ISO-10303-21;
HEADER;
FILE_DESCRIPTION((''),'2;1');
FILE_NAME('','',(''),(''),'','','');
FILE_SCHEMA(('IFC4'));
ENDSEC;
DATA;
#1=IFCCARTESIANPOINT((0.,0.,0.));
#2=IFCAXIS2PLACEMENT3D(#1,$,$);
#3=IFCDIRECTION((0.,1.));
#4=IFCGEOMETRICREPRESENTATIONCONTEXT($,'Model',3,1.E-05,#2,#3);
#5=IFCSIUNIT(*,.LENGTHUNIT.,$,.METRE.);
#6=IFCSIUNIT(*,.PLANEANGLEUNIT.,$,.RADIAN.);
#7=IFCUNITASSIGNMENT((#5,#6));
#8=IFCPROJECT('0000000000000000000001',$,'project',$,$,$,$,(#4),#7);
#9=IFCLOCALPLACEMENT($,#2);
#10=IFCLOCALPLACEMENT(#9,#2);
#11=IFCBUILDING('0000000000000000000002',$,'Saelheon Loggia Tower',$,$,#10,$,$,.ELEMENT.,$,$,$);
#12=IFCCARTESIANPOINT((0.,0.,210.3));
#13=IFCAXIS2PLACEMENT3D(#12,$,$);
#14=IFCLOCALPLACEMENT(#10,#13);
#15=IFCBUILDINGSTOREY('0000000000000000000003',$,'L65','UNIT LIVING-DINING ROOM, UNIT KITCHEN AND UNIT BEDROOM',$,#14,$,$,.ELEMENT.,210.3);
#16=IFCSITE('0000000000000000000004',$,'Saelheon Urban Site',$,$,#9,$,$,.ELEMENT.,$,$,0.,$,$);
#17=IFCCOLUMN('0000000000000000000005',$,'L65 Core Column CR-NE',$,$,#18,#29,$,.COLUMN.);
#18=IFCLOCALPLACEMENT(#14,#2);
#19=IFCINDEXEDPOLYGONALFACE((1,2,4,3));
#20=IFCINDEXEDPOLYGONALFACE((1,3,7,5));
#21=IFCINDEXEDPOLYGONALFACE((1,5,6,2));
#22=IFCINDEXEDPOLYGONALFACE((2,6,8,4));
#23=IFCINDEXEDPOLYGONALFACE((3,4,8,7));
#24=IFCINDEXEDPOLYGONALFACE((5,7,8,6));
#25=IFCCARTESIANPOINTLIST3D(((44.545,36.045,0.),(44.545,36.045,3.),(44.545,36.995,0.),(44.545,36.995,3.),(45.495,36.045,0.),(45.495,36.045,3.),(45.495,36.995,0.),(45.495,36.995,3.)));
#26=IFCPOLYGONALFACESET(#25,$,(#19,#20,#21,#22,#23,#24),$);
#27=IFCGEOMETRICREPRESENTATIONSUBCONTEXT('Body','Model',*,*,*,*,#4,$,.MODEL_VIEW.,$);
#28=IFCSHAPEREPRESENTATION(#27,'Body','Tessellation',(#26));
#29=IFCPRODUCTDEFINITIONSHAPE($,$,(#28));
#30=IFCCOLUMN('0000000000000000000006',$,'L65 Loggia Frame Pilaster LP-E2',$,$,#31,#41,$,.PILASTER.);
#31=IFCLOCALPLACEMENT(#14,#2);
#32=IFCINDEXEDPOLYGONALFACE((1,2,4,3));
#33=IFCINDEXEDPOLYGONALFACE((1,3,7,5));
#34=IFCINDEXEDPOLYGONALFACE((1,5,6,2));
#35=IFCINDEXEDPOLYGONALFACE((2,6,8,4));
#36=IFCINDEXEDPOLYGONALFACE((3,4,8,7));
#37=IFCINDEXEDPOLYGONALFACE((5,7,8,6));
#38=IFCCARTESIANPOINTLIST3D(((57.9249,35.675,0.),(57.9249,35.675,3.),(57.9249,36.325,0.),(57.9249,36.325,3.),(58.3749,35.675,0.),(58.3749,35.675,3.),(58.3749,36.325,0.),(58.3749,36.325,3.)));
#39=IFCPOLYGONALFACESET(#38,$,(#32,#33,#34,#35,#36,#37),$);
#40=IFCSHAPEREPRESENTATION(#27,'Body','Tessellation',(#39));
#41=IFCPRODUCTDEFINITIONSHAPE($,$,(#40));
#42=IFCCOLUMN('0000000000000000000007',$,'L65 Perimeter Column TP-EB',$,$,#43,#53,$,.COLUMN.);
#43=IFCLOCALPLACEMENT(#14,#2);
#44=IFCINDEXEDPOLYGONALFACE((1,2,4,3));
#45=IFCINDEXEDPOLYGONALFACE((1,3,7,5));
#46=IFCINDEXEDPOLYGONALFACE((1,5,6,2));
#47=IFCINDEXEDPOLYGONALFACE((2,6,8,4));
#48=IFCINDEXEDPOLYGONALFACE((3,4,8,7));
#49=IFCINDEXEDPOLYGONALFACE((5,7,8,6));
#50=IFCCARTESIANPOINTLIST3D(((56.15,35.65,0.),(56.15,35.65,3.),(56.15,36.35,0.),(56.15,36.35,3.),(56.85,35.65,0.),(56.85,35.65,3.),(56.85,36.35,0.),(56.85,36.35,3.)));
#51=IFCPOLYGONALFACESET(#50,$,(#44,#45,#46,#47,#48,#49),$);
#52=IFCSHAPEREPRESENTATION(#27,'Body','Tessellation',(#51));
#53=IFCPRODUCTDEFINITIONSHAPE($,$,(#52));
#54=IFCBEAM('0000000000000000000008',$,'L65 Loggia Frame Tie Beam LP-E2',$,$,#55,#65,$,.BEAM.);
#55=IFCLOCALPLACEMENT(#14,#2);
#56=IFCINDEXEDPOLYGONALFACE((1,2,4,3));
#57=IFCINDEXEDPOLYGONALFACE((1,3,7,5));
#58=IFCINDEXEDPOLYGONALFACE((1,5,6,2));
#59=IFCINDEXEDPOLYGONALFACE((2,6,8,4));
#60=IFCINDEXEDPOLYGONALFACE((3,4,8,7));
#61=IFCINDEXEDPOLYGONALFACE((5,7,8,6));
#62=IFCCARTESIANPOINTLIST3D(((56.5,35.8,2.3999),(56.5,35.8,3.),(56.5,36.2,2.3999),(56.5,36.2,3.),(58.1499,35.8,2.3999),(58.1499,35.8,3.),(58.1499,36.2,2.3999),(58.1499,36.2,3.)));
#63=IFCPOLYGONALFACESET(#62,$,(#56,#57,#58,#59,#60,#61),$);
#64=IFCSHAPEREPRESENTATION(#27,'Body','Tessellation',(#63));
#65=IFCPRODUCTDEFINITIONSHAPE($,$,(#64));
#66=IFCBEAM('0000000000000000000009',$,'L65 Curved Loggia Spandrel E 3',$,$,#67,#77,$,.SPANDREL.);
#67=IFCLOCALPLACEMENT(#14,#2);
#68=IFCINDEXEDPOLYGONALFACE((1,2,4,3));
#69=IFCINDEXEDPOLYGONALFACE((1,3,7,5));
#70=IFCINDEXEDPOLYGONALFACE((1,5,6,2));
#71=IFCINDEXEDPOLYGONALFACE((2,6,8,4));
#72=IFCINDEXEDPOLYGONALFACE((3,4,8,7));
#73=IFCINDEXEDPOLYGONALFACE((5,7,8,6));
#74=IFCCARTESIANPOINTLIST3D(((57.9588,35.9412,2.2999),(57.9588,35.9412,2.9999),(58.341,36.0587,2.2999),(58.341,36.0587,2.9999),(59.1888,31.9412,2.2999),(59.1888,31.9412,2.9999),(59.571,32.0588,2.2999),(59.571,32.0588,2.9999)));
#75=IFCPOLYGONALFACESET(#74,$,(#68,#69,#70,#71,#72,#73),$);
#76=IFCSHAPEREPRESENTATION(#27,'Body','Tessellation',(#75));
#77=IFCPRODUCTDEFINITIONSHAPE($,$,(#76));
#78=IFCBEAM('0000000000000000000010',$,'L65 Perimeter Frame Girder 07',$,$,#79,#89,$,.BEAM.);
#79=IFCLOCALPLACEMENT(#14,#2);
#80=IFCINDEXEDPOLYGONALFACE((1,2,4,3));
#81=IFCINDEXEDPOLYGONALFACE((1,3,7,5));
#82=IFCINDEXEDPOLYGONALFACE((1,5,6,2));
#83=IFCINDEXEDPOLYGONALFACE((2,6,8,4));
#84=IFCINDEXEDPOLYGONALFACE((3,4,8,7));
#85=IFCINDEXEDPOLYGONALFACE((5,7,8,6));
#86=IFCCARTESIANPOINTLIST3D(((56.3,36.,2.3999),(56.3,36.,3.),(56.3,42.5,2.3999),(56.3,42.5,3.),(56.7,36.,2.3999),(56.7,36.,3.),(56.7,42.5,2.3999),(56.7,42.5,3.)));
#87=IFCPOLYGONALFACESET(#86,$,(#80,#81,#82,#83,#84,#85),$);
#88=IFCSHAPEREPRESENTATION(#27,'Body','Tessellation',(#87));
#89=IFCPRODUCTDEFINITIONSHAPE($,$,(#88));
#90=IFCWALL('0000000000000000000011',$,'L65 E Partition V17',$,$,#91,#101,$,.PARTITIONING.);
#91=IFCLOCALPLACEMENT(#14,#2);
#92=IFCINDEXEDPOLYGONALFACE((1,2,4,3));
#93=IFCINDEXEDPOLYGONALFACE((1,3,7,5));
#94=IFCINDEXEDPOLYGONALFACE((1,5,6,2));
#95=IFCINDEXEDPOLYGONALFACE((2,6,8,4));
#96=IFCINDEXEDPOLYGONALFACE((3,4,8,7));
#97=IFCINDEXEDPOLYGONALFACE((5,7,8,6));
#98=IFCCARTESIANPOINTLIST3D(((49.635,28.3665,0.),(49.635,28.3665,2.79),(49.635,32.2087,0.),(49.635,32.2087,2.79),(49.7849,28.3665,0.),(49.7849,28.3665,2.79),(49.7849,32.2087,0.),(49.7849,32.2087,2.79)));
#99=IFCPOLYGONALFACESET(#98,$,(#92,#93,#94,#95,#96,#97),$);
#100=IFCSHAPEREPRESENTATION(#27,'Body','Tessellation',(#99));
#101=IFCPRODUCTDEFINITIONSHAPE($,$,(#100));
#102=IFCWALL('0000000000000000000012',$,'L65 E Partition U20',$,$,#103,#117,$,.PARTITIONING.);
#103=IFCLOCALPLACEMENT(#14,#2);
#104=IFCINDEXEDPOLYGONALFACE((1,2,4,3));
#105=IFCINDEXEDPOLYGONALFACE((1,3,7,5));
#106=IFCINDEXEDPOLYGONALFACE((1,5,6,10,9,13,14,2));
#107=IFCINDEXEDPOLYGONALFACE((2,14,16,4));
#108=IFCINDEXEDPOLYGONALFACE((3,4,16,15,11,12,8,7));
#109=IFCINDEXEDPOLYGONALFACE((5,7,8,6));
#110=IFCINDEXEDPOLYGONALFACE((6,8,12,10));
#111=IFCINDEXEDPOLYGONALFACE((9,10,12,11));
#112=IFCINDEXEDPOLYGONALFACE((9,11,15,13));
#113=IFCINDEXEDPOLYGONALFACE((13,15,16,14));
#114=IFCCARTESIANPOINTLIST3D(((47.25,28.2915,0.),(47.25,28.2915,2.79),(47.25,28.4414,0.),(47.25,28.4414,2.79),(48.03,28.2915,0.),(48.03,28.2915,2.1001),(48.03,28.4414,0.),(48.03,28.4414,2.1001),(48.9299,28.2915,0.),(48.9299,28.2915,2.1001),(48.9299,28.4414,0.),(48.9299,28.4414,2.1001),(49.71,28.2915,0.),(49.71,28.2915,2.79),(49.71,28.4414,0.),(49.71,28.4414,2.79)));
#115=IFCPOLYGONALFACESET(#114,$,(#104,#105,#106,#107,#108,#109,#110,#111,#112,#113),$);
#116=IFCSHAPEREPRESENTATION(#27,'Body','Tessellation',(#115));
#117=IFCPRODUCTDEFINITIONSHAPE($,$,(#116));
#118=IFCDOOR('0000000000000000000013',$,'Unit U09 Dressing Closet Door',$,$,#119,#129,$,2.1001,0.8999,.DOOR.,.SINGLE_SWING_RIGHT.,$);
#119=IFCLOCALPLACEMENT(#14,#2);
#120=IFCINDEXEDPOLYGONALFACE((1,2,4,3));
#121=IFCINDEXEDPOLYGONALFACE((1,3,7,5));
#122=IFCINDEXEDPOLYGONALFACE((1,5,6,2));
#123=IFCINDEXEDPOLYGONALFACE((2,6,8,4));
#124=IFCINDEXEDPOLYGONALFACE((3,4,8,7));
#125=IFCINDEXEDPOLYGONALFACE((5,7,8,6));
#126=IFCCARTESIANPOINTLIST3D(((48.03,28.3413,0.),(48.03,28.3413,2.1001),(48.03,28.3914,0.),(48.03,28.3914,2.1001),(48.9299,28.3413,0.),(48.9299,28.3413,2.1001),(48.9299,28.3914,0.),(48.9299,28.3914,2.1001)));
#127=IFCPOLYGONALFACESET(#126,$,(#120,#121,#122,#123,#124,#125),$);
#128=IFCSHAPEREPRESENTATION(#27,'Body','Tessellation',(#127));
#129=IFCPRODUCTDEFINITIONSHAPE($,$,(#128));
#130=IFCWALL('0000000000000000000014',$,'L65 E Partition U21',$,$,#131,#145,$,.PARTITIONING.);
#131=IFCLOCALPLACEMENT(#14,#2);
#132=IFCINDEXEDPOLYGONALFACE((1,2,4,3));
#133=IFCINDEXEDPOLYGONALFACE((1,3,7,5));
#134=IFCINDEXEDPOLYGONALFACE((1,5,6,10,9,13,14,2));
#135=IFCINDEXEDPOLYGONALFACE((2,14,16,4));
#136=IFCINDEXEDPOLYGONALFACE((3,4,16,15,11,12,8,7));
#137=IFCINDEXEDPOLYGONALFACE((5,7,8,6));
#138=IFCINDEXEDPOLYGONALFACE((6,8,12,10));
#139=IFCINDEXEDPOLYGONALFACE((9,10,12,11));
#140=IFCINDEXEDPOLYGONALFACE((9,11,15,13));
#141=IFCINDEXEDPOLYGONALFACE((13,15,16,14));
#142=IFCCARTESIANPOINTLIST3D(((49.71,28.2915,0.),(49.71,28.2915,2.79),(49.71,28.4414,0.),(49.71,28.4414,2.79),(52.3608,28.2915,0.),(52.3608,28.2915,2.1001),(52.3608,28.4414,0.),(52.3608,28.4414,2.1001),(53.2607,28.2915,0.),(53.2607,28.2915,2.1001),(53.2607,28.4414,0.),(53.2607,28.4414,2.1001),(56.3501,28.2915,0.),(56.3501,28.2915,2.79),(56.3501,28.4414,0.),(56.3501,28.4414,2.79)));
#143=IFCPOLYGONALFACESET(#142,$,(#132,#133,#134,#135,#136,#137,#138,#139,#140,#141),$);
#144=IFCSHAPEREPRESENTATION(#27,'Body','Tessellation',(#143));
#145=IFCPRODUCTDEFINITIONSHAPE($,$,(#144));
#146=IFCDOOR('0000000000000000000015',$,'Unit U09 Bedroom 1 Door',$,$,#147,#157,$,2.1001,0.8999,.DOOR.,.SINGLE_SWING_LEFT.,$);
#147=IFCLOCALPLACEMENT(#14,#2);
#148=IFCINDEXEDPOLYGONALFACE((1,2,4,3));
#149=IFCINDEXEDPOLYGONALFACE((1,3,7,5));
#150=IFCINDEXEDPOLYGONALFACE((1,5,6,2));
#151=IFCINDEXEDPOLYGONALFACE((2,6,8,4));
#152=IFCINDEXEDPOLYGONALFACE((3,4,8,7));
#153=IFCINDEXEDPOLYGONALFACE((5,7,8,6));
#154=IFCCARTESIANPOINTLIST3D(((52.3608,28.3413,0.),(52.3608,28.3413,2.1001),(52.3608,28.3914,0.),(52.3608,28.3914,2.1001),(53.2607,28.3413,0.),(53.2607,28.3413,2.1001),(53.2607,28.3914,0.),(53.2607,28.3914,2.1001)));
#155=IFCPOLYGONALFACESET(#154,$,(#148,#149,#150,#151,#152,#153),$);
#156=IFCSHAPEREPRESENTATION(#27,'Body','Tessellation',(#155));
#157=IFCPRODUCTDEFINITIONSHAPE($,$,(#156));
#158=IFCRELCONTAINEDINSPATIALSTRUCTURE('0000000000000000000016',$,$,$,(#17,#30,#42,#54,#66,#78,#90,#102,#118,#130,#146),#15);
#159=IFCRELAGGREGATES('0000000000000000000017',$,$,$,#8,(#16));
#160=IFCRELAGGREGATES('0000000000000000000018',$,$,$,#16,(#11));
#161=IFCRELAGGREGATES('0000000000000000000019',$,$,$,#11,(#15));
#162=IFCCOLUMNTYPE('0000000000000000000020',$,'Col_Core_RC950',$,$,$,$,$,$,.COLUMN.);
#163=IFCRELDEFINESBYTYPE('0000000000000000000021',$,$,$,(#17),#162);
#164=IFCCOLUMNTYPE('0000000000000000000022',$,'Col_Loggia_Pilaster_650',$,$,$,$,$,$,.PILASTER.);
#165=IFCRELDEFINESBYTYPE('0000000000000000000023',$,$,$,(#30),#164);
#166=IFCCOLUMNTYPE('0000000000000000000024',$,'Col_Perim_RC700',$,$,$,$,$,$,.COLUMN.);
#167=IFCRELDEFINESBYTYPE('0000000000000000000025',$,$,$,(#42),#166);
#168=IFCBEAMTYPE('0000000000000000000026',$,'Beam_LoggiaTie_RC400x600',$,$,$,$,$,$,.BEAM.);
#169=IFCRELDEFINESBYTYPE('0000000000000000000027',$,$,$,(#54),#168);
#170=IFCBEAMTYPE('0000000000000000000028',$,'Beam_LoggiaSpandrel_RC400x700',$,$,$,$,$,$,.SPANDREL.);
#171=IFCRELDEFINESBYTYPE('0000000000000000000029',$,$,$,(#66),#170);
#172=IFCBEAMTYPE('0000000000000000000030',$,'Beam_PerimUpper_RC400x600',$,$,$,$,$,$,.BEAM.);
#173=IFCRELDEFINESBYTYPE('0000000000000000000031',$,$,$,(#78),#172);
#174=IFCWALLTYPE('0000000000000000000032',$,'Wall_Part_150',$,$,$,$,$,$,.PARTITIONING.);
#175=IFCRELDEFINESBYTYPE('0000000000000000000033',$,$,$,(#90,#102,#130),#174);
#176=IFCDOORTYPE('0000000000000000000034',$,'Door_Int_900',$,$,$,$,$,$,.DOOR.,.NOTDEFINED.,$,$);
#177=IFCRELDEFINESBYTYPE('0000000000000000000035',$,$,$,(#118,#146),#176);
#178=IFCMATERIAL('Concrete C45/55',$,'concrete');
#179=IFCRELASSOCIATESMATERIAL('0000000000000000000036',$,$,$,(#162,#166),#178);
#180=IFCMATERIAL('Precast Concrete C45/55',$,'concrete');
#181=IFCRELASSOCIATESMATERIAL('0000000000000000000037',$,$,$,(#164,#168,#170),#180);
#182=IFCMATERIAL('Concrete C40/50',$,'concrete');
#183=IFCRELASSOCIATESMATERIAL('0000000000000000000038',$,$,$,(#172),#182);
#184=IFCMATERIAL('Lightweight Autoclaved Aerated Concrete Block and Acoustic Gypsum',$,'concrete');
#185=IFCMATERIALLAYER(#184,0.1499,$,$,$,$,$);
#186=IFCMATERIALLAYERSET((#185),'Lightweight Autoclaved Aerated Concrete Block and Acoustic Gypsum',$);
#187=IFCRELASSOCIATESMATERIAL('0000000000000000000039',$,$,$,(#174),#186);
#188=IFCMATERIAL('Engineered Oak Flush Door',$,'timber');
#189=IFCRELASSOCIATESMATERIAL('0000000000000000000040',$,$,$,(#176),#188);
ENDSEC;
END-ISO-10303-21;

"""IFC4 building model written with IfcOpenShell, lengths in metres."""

from ifc_helpers import new_model, si_unit, direction, frame, frame_2d, origin, origin_2d, place, context, subcontext, project, spatial, rectangle, extrude, source, transform, mapped, material, layer, layer_set, material_profile, profile_set, type_object, element, fill, save


model = new_model("IFC4")

# Units and contexts
model_context = context("Model", 3, precision=1e-05, world=origin(), true_north=direction((0.0, 1.0)))
body_context = subcontext(model_context, "Body", "Model", "MODEL_VIEW")
ifc_project = project(units=[si_unit("LENGTHUNIT", "METRE"), si_unit("PLANEANGLEUNIT", "RADIAN")], contexts=[model_context])

# Site, building, storey
site_placement = place(None, origin())
site = spatial("IfcSite", under=ifc_project, at=site_placement, Name="Saelheon Urban Site", CompositionType="ELEMENT", RefElevation=0.0)
building_placement = place(site_placement, origin())
building = spatial("IfcBuilding", under=site, at=building_placement, Name="Saelheon Loggia Tower", CompositionType="ELEMENT")
storey_placement = place(building_placement, frame((0.0, 0.0, 210.3)))
storey = spatial("IfcBuildingStorey", under=building, at=storey_placement, Name="L65", Description="UNIT LIVING-DINING ROOM, UNIT KITCHEN AND UNIT BEDROOM", CompositionType="ELEMENT", Elevation=210.3)

# Columns
ifc_material_1 = material(Name="Concrete C45/55", Category="concrete")
ifc_material_profile_1 = material_profile(ifc_material_1, rectangle(XDim=0.95, YDim=0.95, at=origin_2d()), Name="RC-950x950")
ifc_profile_set_1 = profile_set([ifc_material_profile_1], Name="Concrete C45/55")
column_type_1 = type_object("IfcColumnType", Name="Col_Core_RC950", PredefinedType="COLUMN", material=ifc_profile_set_1)
shared_shape_1 = source(origin(), body_context, "Body", "SweptSolid", [
    extrude(rectangle(XDim=0.95, YDim=0.95, at=origin_2d()), origin(), (0.0, 0.0, 1.0), 3.0),
])
column_1_placement = place(storey_placement, frame((45.02, 36.52, 0.0), z_axis=(0.0, 0.0, 1.0), x_axis=(1.0, 0.0, 0.0)))
element("IfcColumn", 1, at=column_1_placement, inside=storey, type_object=column_type_1, Name="L65 Core Column CR-NE", PredefinedType="COLUMN", context=body_context, shape_type="MappedRepresentation", body=[
    mapped(shared_shape_1, transform((0.0, 0.0, 0.0), scale=1.0)),
])
ifc_material_2 = material(Name="Precast Concrete C45/55", Category="concrete")
ifc_material_profile_2 = material_profile(ifc_material_2, rectangle(XDim=0.45, YDim=0.6499, at=origin_2d()), Name="RC-450x650")
ifc_profile_set_2 = profile_set([ifc_material_profile_2], Name="Precast Concrete C45/55")
column_type_2 = type_object("IfcColumnType", Name="Col_Loggia_Pilaster_650", PredefinedType="PILASTER", material=ifc_profile_set_2)
shared_shape_2 = source(origin(), body_context, "Body", "SweptSolid", [
    extrude(rectangle(XDim=0.45, YDim=0.6499, at=origin_2d()), origin(), (0.0, 0.0, 1.0), 3.0),
])
column_2_placement = place(storey_placement, frame((58.1499, 36.0, 0.0), z_axis=(0.0, 0.0, 1.0), x_axis=(1.0, 0.0, 0.0)))
element("IfcColumn", 2, at=column_2_placement, inside=storey, type_object=column_type_2, Name="L65 Loggia Frame Pilaster LP-E2", PredefinedType="PILASTER", context=body_context, shape_type="MappedRepresentation", body=[
    mapped(shared_shape_2, transform((0.0, 0.0, 0.0), scale=1.0)),
])
ifc_material_profile_3 = material_profile(ifc_material_1, rectangle(XDim=0.7, YDim=0.7, at=origin_2d()), Name="RC-700x700")
ifc_profile_set_3 = profile_set([ifc_material_profile_3], Name="Concrete C45/55")
column_type_3 = type_object("IfcColumnType", Name="Col_Perim_RC700", PredefinedType="COLUMN", material=ifc_profile_set_3)
shared_shape_3 = source(origin(), body_context, "Body", "SweptSolid", [
    extrude(rectangle(XDim=0.7, YDim=0.7, at=origin_2d()), origin(), (0.0, 0.0, 1.0), 3.0),
])
column_3_placement = place(storey_placement, frame((56.5, 36.0, 0.0), z_axis=(0.0, 0.0, 1.0), x_axis=(1.0, 0.0, 0.0)))
element("IfcColumn", 3, at=column_3_placement, inside=storey, type_object=column_type_3, Name="L65 Perimeter Column TP-EB", PredefinedType="COLUMN", context=body_context, shape_type="MappedRepresentation", body=[
    mapped(shared_shape_3, transform((0.0, 0.0, 0.0), scale=1.0)),
])

# Beams
ifc_material_profile_4 = material_profile(ifc_material_2, rectangle(XDim=0.3999, YDim=0.6001, at=origin_2d()), Name="RC-400x600")
ifc_profile_set_4 = profile_set([ifc_material_profile_4], Name="Precast Concrete C45/55")
beam_type_1 = type_object("IfcBeamType", Name="Beam_LoggiaTie_RC400x600", PredefinedType="BEAM", material=ifc_profile_set_4)
shared_shape_4 = source(origin(), body_context, "Body", "SweptSolid", [
    extrude(rectangle(XDim=0.3999, YDim=0.6001, at=origin_2d()), origin(), (0.0, 0.0, 1.0), 1.6499),
])
beam_1_placement = place(storey_placement, frame((56.5, 36.0, 2.7), z_axis=(1.0, 0.0, 0.0), x_axis=(0.0, 1.0, 0.0)))
element("IfcBeam", 4, at=beam_1_placement, inside=storey, type_object=beam_type_1, Name="L65 Loggia Frame Tie Beam LP-E2", PredefinedType="BEAM", context=body_context, shape_type="MappedRepresentation", body=[
    mapped(shared_shape_4, transform((0.0, 0.0, 0.0), scale=1.0)),
])
ifc_material_profile_5 = material_profile(ifc_material_2, rectangle(XDim=0.3999, YDim=0.7, at=origin_2d()), Name="RC-400x700")
ifc_profile_set_5 = profile_set([ifc_material_profile_5], Name="Precast Concrete C45/55")
beam_type_2 = type_object("IfcBeamType", Name="Beam_LoggiaSpandrel_RC400x700", PredefinedType="SPANDREL", material=ifc_profile_set_5)
shared_shape_5 = source(origin(), body_context, "Body", "SweptSolid", [
    extrude(rectangle(XDim=0.3999, YDim=0.7, at=origin_2d()), origin(), (0.0, 0.0, 1.0), 4.1848),
])
beam_2_placement = place(storey_placement, frame((59.3799, 32.0, 2.6499), z_axis=(-0.293914, 0.955832, 0.0), x_axis=(-0.955832, -0.293914, 0.0)))
element("IfcBeam", 5, at=beam_2_placement, inside=storey, type_object=beam_type_2, Name="L65 Curved Loggia Spandrel E 3", PredefinedType="SPANDREL", context=body_context, shape_type="MappedRepresentation", body=[
    mapped(shared_shape_5, transform((0.0, 0.0, 0.0), scale=1.0)),
])
ifc_material_3 = material(Name="Concrete C40/50", Category="concrete")
ifc_material_profile_6 = material_profile(ifc_material_3, rectangle(XDim=0.3999, YDim=0.6001, at=origin_2d()), Name="RC-400x600")
ifc_profile_set_6 = profile_set([ifc_material_profile_6], Name="Concrete C40/50")
beam_type_3 = type_object("IfcBeamType", Name="Beam_PerimUpper_RC400x600", PredefinedType="BEAM", material=ifc_profile_set_6)
shared_shape_6 = source(origin(), body_context, "Body", "SweptSolid", [
    extrude(rectangle(XDim=0.3999, YDim=0.6001, at=origin_2d()), origin(), (0.0, 0.0, 1.0), 6.5),
])
beam_3_placement = place(storey_placement, frame((56.5, 36.0, 2.7), z_axis=(0.0, 1.0, 0.0), x_axis=(-1.0, 0.0, 0.0)))
element("IfcBeam", 6, at=beam_3_placement, inside=storey, type_object=beam_type_3, Name="L65 Perimeter Frame Girder 07", PredefinedType="BEAM", context=body_context, shape_type="MappedRepresentation", body=[
    mapped(shared_shape_6, transform((0.0, 0.0, 0.0), scale=1.0)),
])

# Wall
ifc_material_4 = material(Name="Lightweight Autoclaved Aerated Concrete Block and Acoustic Gypsum", Category="concrete")
ifc_layer_1 = layer(ifc_material_4, 0.1499)
ifc_layer_set_1 = layer_set([ifc_layer_1], Name="Lightweight Autoclaved Aerated Concrete Block and Acoustic Gypsum")
wall_type_1 = type_object("IfcWallType", Name="Wall_Part_150", PredefinedType="PARTITIONING", material=ifc_layer_set_1)
wall_1_placement = place(storey_placement, frame((49.71, 28.3665, 0.0), z_axis=(0.0, 0.0, 1.0), x_axis=(0.0, 1.0, 0.0)))
element("IfcWall", 7, at=wall_1_placement, inside=storey, type_object=wall_type_1, Name="L65 E Partition V17", PredefinedType="PARTITIONING", context=body_context, shape_type="SweptSolid", body=[
    extrude(rectangle(XDim=3.8423, YDim=0.1499, at=frame_2d((1.9211, 0.0))), origin(), (0.0, 0.0, 1.0), 2.79),
])

# Walls, openings, doors
wall_2_placement = place(storey_placement, frame((47.25, 28.3665, 0.0), z_axis=(0.0, 0.0, 1.0), x_axis=(1.0, 0.0, 0.0)))
wall_2 = element("IfcWall", 8, at=wall_2_placement, inside=storey, type_object=wall_type_1, Name="L65 E Partition U20", PredefinedType="PARTITIONING", context=body_context, shape_type="SweptSolid", body=[
    extrude(rectangle(XDim=2.46, YDim=0.1499, at=frame_2d((1.23, 0.0))), origin(), (0.0, 0.0, 1.0), 2.79),
])
opening_1_placement = place(wall_2_placement, frame((0.78, 0.0, 0.0)))
opening_1 = element("IfcOpeningElement", 9, at=opening_1_placement, cuts=wall_2, PredefinedType="OPENING", context=body_context, shape_type="SweptSolid", body=[
    extrude(rectangle(XDim=0.8999, YDim=2.1001, at=frame_2d((0.45, 1.05))), frame((0.0, 0.0869, 0.0), z_axis=(0.0, -1.0, 0.0), x_axis=(1.0, 0.0, 0.0)), (0.0, 0.0, 1.0), 0.1738),
])
ifc_material_5 = material(Name="Engineered Oak Flush Door", Category="timber")
door_type_1 = type_object("IfcDoorType", Name="Door_Int_900", OperationType="NOTDEFINED", PredefinedType="DOOR", material=ifc_material_5)
shared_shape_7 = source(origin(), body_context, "Body", "SweptSolid", [
    extrude(rectangle(XDim=0.8999, YDim=2.1001, at=frame_2d((0.45, 1.05))), frame((0.0, 0.0249, 0.0), z_axis=(0.0, -1.0, 0.0), x_axis=(1.0, 0.0, 0.0)), (0.0, 0.0, 1.0), 0.05),
])
door_1_placement = place(opening_1_placement, origin())
door_1 = element("IfcDoor", 10, at=door_1_placement, inside=storey, type_object=door_type_1, Name="Unit U09 Dressing Closet Door", OperationType="SINGLE_SWING_RIGHT", OverallHeight=2.1001, OverallWidth=0.8999, PredefinedType="DOOR", context=body_context, shape_type="MappedRepresentation", body=[
    mapped(shared_shape_7, transform((0.0, 0.0, 0.0), scale=1.0)),
])
fill(opening_1, door_1)
wall_3_placement = place(storey_placement, frame((49.71, 28.3665, 0.0), z_axis=(0.0, 0.0, 1.0), x_axis=(1.0, 0.0, 0.0)))
wall_3 = element("IfcWall", 11, at=wall_3_placement, inside=storey, type_object=wall_type_1, Name="L65 E Partition U21", PredefinedType="PARTITIONING", context=body_context, shape_type="SweptSolid", body=[
    extrude(rectangle(XDim=6.6401, YDim=0.1499, at=frame_2d((3.3201, 0.0))), origin(), (0.0, 0.0, 1.0), 2.79),
])
opening_2_placement = place(wall_3_placement, frame((2.6509, 0.0, 0.0)))
opening_2 = element("IfcOpeningElement", 12, at=opening_2_placement, cuts=wall_3, PredefinedType="OPENING", context=body_context, shape_type="SweptSolid", body=[
    extrude(rectangle(XDim=0.8999, YDim=2.1001, at=frame_2d((0.45, 1.05))), frame((0.0, 0.0869, 0.0), z_axis=(0.0, -1.0, 0.0), x_axis=(1.0, 0.0, 0.0)), (0.0, 0.0, 1.0), 0.1738),
])
door_2_placement = place(opening_2_placement, origin())
door_2 = element("IfcDoor", 13, at=door_2_placement, inside=storey, type_object=door_type_1, Name="Unit U09 Bedroom 1 Door", OperationType="SINGLE_SWING_LEFT", OverallHeight=2.1001, OverallWidth=0.8999, PredefinedType="DOOR", context=body_context, shape_type="MappedRepresentation", body=[
    mapped(shared_shape_7, transform((0.0, 0.0, 0.0), scale=1.0)),
])
fill(opening_2, door_2)

save(model, "model.ifc")
